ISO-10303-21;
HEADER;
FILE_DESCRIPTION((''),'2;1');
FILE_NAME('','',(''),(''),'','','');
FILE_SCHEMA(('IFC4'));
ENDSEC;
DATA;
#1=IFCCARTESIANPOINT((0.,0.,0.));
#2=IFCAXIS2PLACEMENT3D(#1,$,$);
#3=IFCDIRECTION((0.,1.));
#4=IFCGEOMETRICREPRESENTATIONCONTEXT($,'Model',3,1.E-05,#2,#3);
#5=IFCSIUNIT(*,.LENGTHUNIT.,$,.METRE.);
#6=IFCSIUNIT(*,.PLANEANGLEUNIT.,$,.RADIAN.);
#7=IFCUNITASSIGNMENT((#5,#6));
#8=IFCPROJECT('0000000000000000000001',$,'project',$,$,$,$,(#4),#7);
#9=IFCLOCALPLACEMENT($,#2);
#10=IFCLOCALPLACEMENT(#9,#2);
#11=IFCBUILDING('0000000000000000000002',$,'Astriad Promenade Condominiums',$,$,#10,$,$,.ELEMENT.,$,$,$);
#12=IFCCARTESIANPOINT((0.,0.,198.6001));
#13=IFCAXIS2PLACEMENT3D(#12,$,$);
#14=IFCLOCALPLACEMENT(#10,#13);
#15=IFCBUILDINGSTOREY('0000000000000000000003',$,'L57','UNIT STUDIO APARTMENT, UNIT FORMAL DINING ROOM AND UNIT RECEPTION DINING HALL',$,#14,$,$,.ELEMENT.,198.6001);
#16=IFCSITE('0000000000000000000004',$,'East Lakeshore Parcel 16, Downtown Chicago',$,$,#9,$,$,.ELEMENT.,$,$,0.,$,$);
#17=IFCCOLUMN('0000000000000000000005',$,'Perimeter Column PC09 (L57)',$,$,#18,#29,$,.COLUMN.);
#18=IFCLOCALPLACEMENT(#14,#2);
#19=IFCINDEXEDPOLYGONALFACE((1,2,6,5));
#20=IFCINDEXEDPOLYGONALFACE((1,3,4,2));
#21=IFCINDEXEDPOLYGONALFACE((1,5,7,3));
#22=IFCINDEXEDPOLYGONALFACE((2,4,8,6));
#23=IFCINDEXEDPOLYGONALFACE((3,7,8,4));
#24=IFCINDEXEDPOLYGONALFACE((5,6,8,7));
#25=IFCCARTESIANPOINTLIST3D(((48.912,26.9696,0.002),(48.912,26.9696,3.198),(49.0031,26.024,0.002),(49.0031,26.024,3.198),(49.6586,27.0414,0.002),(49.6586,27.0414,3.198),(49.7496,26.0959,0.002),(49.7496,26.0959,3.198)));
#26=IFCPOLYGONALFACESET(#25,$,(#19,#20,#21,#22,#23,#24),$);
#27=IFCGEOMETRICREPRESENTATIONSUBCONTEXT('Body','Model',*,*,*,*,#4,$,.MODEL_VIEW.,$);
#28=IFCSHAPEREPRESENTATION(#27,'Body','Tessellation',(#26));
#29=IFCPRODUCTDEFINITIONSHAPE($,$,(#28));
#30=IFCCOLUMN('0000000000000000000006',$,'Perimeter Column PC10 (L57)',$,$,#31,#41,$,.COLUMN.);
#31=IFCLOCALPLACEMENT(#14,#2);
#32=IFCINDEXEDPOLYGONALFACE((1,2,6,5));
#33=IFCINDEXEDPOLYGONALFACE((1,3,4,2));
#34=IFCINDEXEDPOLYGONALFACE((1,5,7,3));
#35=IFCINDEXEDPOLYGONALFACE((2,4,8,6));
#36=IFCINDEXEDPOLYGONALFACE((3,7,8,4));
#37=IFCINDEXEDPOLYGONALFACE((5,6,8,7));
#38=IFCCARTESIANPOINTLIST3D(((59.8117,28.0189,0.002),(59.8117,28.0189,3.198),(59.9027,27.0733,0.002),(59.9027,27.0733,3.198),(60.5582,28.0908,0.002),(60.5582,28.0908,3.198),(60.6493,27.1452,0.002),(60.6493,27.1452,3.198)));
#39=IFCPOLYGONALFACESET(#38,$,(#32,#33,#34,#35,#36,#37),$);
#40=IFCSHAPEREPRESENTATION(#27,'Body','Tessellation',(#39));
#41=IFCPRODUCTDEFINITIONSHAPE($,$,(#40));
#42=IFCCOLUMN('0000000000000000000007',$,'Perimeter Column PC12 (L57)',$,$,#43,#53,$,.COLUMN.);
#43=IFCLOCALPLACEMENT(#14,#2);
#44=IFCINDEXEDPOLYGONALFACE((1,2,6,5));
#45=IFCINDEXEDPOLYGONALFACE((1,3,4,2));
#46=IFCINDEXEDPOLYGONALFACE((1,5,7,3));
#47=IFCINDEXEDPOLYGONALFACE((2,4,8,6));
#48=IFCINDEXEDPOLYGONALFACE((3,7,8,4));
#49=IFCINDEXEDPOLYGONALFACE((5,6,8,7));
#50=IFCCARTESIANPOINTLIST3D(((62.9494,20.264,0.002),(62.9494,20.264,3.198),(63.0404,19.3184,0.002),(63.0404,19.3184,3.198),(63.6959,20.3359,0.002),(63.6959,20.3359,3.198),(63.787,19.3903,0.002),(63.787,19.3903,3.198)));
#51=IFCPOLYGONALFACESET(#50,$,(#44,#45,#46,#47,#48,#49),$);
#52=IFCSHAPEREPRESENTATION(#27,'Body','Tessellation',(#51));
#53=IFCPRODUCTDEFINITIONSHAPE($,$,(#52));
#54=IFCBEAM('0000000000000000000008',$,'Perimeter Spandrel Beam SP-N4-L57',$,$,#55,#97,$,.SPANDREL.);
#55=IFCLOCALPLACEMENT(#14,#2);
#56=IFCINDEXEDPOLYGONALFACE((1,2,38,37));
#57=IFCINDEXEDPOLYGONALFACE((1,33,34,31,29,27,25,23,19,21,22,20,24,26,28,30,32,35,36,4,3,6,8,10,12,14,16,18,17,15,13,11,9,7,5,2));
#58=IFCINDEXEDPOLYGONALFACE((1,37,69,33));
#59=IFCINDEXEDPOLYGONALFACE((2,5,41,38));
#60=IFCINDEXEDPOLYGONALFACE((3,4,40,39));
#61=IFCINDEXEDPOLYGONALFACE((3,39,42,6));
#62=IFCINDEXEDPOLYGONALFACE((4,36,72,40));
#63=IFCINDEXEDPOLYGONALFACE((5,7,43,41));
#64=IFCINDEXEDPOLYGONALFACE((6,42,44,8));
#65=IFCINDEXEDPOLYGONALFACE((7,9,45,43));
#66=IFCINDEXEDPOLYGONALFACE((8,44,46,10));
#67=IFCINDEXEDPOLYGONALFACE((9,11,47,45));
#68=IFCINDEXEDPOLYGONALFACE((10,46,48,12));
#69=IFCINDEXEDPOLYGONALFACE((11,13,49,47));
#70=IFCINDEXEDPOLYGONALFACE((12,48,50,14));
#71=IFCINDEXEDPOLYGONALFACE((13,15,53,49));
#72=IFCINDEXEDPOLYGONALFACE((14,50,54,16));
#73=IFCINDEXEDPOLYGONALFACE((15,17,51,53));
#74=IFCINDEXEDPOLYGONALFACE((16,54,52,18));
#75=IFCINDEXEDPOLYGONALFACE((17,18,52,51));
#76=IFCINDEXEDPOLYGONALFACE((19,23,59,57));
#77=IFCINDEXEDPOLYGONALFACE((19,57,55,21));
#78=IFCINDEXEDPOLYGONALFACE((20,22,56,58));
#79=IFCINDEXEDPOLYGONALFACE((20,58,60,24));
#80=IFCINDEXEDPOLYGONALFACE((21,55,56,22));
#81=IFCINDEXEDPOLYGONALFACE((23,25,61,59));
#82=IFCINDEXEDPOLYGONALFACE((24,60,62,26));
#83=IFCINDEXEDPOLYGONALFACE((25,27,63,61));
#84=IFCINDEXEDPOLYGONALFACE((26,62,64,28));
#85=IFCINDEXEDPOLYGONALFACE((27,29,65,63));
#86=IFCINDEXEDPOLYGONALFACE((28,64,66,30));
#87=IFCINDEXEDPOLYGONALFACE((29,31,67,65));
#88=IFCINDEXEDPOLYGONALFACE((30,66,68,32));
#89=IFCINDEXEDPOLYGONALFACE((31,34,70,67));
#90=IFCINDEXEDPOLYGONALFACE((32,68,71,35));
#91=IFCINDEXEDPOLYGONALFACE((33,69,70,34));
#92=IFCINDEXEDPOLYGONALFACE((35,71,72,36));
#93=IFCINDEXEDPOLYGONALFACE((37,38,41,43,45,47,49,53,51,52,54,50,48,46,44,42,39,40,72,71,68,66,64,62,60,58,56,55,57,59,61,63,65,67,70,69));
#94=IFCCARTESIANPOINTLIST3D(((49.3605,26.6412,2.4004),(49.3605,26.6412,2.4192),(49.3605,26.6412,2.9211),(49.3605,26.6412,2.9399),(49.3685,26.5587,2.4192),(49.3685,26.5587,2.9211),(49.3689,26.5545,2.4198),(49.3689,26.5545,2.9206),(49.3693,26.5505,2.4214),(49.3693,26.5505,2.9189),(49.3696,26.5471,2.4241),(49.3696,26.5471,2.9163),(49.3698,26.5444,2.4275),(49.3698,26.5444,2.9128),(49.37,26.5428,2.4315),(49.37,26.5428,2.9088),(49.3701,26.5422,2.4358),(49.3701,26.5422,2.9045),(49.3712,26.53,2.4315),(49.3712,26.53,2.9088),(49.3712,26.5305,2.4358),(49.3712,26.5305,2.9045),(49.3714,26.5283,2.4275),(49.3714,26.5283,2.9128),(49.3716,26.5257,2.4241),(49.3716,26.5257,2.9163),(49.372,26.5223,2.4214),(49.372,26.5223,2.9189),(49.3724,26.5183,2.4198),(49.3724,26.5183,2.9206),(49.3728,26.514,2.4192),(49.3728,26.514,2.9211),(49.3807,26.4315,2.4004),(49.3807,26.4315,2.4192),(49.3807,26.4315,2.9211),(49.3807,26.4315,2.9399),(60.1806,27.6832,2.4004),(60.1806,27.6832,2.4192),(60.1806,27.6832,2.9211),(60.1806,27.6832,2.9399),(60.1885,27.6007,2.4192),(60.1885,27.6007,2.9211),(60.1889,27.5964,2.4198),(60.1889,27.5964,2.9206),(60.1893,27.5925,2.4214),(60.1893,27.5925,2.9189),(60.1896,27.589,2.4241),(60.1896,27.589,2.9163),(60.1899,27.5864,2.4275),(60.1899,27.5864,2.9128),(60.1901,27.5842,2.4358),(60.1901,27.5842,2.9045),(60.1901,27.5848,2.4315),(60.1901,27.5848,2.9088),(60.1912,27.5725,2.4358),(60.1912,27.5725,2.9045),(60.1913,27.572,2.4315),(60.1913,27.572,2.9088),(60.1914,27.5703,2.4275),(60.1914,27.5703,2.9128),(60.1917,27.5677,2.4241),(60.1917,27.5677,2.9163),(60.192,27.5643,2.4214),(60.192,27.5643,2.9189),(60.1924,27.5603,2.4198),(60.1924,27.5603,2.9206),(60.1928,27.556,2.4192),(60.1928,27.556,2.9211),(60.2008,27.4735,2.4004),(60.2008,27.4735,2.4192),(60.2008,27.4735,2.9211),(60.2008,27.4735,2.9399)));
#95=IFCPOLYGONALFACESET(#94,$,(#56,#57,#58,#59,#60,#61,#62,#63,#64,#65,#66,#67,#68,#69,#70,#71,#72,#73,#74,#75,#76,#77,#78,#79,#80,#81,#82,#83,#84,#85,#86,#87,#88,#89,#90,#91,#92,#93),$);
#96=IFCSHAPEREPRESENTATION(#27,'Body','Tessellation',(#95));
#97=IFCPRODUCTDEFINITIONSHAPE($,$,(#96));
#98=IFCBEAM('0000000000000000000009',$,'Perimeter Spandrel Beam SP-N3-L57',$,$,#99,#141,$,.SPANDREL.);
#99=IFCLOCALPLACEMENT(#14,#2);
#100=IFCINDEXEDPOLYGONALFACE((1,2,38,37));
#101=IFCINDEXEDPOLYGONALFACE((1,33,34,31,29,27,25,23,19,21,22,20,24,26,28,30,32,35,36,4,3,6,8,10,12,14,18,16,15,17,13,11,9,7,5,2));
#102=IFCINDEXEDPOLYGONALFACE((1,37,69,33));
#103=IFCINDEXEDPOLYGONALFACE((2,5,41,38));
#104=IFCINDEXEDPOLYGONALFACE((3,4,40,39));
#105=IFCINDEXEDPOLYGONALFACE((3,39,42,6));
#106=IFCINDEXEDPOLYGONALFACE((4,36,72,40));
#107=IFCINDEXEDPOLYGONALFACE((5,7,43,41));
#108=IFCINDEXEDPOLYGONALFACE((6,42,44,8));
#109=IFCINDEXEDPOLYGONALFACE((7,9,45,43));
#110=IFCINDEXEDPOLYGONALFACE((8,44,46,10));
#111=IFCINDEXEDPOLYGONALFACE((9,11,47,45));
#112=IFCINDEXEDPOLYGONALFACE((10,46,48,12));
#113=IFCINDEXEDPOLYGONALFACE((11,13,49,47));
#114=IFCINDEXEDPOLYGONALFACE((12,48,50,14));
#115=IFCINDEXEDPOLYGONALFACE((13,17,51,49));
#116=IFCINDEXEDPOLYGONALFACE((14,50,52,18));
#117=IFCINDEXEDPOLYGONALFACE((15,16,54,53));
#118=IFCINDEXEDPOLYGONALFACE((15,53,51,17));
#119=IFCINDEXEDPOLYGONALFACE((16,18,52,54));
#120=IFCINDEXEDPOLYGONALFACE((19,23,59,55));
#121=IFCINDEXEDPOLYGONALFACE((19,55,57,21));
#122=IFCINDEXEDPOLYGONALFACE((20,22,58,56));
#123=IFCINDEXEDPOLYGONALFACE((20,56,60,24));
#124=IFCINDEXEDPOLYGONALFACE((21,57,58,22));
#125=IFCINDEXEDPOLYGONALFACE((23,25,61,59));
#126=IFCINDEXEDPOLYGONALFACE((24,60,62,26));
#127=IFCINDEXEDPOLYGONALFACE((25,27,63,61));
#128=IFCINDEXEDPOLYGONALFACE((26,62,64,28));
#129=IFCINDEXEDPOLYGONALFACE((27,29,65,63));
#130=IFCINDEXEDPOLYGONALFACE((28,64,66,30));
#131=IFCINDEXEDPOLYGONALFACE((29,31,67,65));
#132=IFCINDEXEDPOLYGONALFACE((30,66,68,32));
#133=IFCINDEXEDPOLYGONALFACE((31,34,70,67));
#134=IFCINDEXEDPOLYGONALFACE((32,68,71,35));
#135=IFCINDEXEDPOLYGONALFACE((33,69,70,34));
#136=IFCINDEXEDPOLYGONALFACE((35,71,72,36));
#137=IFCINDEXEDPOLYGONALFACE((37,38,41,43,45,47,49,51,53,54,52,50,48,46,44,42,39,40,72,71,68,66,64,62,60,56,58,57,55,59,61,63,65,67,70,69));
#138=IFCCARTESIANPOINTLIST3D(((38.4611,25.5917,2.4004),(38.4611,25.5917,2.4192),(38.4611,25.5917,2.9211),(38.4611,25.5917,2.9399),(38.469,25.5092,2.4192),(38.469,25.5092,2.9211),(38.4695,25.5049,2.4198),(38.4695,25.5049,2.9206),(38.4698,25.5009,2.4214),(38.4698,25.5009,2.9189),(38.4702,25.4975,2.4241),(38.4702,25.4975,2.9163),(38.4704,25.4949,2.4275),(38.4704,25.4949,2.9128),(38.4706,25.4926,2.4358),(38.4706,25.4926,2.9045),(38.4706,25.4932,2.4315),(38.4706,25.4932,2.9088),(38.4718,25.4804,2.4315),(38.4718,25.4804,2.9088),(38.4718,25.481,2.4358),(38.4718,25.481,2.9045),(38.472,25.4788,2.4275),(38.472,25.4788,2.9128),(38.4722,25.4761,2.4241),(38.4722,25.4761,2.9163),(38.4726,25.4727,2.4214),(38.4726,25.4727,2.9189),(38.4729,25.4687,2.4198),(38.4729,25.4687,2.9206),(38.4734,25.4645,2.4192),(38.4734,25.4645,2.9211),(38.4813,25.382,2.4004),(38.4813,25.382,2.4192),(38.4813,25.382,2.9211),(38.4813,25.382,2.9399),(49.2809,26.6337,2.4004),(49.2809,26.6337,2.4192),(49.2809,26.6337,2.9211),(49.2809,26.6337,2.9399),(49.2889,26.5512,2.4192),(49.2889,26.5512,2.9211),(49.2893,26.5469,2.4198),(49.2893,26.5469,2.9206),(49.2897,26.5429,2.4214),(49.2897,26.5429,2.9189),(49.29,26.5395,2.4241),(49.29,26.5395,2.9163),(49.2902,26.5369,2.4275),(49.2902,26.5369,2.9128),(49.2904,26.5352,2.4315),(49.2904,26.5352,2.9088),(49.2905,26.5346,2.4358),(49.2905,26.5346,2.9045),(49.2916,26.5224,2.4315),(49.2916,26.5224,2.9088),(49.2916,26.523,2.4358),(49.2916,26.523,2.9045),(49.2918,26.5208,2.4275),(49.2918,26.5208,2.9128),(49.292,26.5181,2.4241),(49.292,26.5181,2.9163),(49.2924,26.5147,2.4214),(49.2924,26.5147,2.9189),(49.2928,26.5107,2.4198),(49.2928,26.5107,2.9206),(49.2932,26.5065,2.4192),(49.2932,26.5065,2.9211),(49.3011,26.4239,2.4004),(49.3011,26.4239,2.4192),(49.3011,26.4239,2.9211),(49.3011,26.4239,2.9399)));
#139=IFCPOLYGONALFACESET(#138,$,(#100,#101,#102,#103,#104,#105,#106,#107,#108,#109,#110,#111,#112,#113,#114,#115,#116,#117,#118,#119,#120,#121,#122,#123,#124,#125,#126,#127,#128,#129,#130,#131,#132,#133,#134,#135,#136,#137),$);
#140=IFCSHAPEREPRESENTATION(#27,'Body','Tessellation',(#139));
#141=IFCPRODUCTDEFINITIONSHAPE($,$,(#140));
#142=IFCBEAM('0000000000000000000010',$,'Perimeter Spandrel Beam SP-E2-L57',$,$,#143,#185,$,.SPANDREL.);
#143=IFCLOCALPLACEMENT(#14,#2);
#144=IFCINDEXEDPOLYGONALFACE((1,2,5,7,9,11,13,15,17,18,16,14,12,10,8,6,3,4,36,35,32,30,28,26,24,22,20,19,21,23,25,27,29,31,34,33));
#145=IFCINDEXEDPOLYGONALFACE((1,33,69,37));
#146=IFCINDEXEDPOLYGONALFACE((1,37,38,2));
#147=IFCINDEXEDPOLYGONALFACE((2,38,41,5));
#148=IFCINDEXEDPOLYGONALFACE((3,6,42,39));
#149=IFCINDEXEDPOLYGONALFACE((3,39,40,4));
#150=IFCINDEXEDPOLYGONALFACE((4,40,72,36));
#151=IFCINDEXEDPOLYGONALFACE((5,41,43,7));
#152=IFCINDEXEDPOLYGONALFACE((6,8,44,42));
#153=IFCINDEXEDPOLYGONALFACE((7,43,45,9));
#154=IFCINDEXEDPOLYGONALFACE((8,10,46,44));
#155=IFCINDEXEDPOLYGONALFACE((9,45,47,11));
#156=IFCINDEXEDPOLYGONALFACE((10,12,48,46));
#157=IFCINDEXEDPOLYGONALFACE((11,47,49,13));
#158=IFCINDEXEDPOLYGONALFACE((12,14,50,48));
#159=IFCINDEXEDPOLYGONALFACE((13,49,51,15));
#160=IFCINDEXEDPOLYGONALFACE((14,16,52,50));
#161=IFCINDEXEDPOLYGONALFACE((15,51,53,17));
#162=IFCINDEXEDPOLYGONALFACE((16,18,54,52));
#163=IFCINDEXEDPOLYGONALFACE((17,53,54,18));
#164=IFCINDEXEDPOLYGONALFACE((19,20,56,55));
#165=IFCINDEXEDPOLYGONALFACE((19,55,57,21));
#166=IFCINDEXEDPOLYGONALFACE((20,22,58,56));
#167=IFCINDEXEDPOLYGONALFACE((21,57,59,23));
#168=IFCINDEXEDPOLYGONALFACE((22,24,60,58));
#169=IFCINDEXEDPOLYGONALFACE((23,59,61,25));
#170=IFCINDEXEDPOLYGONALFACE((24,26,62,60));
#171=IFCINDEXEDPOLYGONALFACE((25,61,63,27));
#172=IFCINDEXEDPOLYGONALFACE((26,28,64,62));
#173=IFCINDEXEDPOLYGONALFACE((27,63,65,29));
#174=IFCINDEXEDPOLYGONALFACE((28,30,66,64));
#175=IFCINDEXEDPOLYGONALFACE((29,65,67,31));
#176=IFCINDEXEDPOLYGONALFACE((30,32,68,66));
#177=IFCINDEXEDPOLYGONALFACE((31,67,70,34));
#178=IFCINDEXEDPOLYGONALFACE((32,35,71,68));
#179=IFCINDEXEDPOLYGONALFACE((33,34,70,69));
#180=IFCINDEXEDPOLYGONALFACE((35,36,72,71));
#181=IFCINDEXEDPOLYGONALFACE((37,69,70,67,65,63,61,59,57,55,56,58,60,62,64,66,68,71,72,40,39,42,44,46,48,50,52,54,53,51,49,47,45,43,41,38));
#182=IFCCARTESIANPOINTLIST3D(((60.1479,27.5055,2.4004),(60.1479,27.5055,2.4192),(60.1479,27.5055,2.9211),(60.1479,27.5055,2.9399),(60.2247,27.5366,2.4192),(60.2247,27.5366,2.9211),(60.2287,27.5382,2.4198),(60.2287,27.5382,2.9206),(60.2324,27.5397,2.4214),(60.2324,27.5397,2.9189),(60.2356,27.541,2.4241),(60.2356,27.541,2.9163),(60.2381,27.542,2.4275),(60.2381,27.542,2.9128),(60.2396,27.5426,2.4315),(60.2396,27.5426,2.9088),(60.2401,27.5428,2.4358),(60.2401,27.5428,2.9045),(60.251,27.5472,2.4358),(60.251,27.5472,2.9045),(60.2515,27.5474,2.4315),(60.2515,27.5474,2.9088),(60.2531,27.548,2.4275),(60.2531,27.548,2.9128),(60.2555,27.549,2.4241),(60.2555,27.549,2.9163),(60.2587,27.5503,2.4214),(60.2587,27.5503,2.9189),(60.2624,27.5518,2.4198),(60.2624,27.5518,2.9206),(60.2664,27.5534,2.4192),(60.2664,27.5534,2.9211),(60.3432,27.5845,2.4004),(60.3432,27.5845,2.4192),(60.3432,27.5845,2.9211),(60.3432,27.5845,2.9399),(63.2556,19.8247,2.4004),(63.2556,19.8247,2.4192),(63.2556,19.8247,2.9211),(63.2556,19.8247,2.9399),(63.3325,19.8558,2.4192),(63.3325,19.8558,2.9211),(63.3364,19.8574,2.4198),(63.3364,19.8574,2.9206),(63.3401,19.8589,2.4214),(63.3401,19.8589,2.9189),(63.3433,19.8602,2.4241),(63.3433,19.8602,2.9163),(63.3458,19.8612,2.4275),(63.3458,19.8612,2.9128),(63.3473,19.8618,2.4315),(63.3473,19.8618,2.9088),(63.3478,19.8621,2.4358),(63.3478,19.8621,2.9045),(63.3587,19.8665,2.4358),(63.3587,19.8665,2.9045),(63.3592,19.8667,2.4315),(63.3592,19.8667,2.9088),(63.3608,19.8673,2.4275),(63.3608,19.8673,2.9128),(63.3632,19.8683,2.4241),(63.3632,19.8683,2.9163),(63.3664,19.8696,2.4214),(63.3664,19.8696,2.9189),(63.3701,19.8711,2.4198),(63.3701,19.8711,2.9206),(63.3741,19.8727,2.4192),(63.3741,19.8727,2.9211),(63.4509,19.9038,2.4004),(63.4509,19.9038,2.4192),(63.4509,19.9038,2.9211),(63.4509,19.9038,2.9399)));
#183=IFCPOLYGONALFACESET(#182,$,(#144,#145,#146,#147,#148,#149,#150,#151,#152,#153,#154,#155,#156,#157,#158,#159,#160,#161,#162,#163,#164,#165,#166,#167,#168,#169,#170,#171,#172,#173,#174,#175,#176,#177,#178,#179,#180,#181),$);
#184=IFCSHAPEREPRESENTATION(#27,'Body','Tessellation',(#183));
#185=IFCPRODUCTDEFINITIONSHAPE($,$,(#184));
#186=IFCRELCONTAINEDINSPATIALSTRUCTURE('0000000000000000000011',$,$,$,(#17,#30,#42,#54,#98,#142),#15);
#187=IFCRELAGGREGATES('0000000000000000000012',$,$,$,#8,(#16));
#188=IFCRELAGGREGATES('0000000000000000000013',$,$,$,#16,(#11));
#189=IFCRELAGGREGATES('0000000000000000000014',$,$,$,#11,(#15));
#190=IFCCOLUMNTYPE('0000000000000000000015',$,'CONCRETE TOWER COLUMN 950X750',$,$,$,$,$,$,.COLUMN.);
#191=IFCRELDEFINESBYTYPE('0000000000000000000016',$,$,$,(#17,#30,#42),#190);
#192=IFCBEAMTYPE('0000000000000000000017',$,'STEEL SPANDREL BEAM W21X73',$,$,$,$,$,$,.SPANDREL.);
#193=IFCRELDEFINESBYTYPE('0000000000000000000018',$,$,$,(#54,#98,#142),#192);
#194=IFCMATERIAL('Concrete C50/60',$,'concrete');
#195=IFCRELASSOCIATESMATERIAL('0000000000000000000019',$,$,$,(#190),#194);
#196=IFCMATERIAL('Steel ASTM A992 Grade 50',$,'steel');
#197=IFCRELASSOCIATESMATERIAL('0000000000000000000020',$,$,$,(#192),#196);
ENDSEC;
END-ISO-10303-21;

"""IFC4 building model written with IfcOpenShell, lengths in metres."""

from ifc_helpers import new_model, si_unit, direction, frame, origin, origin_2d, place, context, subcontext, project, spatial, rectangle, i_section, extrude, source, transform, mapped, material, material_profile, profile_set, type_object, type_shapes, element, save


model = new_model("IFC4")

# Units and contexts
model_context = context("Model", 3, precision=1e-05, world=origin(), true_north=direction((0.0, 1.0)))
body_context = subcontext(model_context, "Body", "Model", "MODEL_VIEW")
ifc_project = project(units=[si_unit("LENGTHUNIT", "METRE"), si_unit("PLANEANGLEUNIT", "RADIAN")], contexts=[model_context])

# Site, building, storey
site_placement = place(None, origin())
site = spatial("IfcSite", under=ifc_project, at=site_placement, Name="East Lakeshore Parcel 16, Downtown Chicago", CompositionType="ELEMENT", RefElevation=0.0)
building_placement = place(site_placement, origin())
building = spatial("IfcBuilding", under=site, at=building_placement, Name="Astriad Promenade Condominiums", CompositionType="ELEMENT")
storey_placement = place(building_placement, frame((0.0, 0.0, 198.6001)))
storey = spatial("IfcBuildingStorey", under=building, at=storey_placement, Name="L57", Description="UNIT STUDIO APARTMENT, UNIT FORMAL DINING ROOM AND UNIT RECEPTION DINING HALL", CompositionType="ELEMENT", Elevation=198.6001)

# Columns
ifc_material_1 = material(Name="Concrete C50/60", Category="concrete")
ifc_material_profile_1 = material_profile(ifc_material_1, rectangle(XDim=0.75, YDim=0.95, at=origin_2d()), Name="RC-COL-950X750")
ifc_profile_set_1 = profile_set([ifc_material_profile_1], Name="Concrete C50/60")
column_type = type_object("IfcColumnType", Name="CONCRETE TOWER COLUMN 950X750", PredefinedType="COLUMN", material=ifc_profile_set_1)
shared_shape_1 = source(origin(), body_context, "Body", "SweptSolid", [
    extrude(rectangle(XDim=0.75, YDim=0.95, at=origin_2d()), origin(), (0.0, 0.0, 1.0), 3.196),
])
type_shapes(column_type, [shared_shape_1])
for number, where, z_axis, x_axis, name in (
    (1, (49.3308, 26.5327, 0.002), (0.0, 0.0, 1.0), (0.995396, 0.095846, 0.0), "Perimeter Column PC09 (L57)"),
    (2, (60.2305, 27.582, 0.002), (0.0, 0.0, 1.0), (0.995396, 0.095846, 0.0), "Perimeter Column PC10 (L57)"),
    (3, (63.3682, 19.8271, 0.002), (0.0, 0.0, 1.0), (0.995396, 0.095846, 0.0), "Perimeter Column PC12 (L57)"),
):
    element("IfcColumn", number, at=place(storey_placement, frame(where, z_axis=z_axis, x_axis=x_axis)), inside=storey, type_object=column_type, Name=name, PredefinedType="COLUMN", context=body_context, shape_type="MappedRepresentation", body=[
        mapped(shared_shape_1, transform((0.0, 0.0, 0.0), scale=1.0)),
    ])

# Beams
ifc_material_2 = material(Name="Steel ASTM A992 Grade 50", Category="steel")
ifc_material_profile_2 = material_profile(ifc_material_2, i_section(OverallWidth=0.2107, OverallDepth=0.5396, WebThickness=0.0117, FlangeThickness=0.0188, FilletRadius=0.0166, at=origin_2d()), Name="W21X73")
ifc_profile_set_2 = profile_set([ifc_material_profile_2], Name="Steel ASTM A992 Grade 50")
beam_type_1 = type_object("IfcBeamType", Name="STEEL SPANDREL BEAM W21X73", PredefinedType="SPANDREL", material=ifc_profile_set_2)
shared_shape_2 = source(origin(), body_context, "Body", "SweptSolid", [
    extrude(i_section(OverallWidth=0.2107, OverallDepth=0.5396, WebThickness=0.0117, FlangeThickness=0.0188, FilletRadius=0.0166, at=origin_2d()), origin(), (0.0, 0.0, 1.0), 10.8701),
])
beam_1_placement = place(storey_placement, frame((60.1907, 27.5784, 2.6702), z_axis=(-0.995395, -0.095858, 0.0), x_axis=(0.095858, -0.995395, 0.0)))
element("IfcBeam", 4, at=beam_1_placement, inside=storey, type_object=beam_type_1, Name="Perimeter Spandrel Beam SP-N4-L57", PredefinedType="SPANDREL", context=body_context, shape_type="MappedRepresentation", body=[
    mapped(shared_shape_2, transform((0.0, 0.0, 0.0), scale=1.0)),
])
shared_shape_3 = source(origin(), body_context, "Body", "SweptSolid", [
    extrude(i_section(OverallWidth=0.2107, OverallDepth=0.5396, WebThickness=0.0117, FlangeThickness=0.0188, FilletRadius=0.0166, at=origin_2d()), origin(), (0.0, 0.0, 1.0), 10.8699),
])
beam_2_placement = place(storey_placement, frame((49.291, 26.5288, 2.6702), z_axis=(-0.995395, -0.09586, 0.0), x_axis=(0.09586, -0.995395, 0.0)))
element("IfcBeam", 5, at=beam_2_placement, inside=storey, type_object=beam_type_1, Name="Perimeter Spandrel Beam SP-N3-L57", PredefinedType="SPANDREL", context=body_context, shape_type="MappedRepresentation", body=[
    mapped(shared_shape_3, transform((0.0, 0.0, 0.0), scale=1.0)),
])
shared_shape_4 = source(origin(), body_context, "Body", "SweptSolid", [
    extrude(i_section(OverallWidth=0.2107, OverallDepth=0.5396, WebThickness=0.0117, FlangeThickness=0.0188, FilletRadius=0.0166, at=origin_2d()), origin(), (0.0, 0.0, 1.0), 8.2856),
])
type_shapes(beam_type_1, [shared_shape_2, shared_shape_3, shared_shape_4])
beam_3_placement = place(storey_placement, frame((63.3533, 19.8643, 2.6702), z_axis=(-0.375071, 0.926996, 0.0), x_axis=(-0.926996, -0.375071, 0.0)))
element("IfcBeam", 6, at=beam_3_placement, inside=storey, type_object=beam_type_1, Name="Perimeter Spandrel Beam SP-E2-L57", PredefinedType="SPANDREL", context=body_context, shape_type="MappedRepresentation", body=[
    mapped(shared_shape_4, transform((0.0, 0.0, 0.0), scale=1.0)),
])

save(model, "model.ifc")
